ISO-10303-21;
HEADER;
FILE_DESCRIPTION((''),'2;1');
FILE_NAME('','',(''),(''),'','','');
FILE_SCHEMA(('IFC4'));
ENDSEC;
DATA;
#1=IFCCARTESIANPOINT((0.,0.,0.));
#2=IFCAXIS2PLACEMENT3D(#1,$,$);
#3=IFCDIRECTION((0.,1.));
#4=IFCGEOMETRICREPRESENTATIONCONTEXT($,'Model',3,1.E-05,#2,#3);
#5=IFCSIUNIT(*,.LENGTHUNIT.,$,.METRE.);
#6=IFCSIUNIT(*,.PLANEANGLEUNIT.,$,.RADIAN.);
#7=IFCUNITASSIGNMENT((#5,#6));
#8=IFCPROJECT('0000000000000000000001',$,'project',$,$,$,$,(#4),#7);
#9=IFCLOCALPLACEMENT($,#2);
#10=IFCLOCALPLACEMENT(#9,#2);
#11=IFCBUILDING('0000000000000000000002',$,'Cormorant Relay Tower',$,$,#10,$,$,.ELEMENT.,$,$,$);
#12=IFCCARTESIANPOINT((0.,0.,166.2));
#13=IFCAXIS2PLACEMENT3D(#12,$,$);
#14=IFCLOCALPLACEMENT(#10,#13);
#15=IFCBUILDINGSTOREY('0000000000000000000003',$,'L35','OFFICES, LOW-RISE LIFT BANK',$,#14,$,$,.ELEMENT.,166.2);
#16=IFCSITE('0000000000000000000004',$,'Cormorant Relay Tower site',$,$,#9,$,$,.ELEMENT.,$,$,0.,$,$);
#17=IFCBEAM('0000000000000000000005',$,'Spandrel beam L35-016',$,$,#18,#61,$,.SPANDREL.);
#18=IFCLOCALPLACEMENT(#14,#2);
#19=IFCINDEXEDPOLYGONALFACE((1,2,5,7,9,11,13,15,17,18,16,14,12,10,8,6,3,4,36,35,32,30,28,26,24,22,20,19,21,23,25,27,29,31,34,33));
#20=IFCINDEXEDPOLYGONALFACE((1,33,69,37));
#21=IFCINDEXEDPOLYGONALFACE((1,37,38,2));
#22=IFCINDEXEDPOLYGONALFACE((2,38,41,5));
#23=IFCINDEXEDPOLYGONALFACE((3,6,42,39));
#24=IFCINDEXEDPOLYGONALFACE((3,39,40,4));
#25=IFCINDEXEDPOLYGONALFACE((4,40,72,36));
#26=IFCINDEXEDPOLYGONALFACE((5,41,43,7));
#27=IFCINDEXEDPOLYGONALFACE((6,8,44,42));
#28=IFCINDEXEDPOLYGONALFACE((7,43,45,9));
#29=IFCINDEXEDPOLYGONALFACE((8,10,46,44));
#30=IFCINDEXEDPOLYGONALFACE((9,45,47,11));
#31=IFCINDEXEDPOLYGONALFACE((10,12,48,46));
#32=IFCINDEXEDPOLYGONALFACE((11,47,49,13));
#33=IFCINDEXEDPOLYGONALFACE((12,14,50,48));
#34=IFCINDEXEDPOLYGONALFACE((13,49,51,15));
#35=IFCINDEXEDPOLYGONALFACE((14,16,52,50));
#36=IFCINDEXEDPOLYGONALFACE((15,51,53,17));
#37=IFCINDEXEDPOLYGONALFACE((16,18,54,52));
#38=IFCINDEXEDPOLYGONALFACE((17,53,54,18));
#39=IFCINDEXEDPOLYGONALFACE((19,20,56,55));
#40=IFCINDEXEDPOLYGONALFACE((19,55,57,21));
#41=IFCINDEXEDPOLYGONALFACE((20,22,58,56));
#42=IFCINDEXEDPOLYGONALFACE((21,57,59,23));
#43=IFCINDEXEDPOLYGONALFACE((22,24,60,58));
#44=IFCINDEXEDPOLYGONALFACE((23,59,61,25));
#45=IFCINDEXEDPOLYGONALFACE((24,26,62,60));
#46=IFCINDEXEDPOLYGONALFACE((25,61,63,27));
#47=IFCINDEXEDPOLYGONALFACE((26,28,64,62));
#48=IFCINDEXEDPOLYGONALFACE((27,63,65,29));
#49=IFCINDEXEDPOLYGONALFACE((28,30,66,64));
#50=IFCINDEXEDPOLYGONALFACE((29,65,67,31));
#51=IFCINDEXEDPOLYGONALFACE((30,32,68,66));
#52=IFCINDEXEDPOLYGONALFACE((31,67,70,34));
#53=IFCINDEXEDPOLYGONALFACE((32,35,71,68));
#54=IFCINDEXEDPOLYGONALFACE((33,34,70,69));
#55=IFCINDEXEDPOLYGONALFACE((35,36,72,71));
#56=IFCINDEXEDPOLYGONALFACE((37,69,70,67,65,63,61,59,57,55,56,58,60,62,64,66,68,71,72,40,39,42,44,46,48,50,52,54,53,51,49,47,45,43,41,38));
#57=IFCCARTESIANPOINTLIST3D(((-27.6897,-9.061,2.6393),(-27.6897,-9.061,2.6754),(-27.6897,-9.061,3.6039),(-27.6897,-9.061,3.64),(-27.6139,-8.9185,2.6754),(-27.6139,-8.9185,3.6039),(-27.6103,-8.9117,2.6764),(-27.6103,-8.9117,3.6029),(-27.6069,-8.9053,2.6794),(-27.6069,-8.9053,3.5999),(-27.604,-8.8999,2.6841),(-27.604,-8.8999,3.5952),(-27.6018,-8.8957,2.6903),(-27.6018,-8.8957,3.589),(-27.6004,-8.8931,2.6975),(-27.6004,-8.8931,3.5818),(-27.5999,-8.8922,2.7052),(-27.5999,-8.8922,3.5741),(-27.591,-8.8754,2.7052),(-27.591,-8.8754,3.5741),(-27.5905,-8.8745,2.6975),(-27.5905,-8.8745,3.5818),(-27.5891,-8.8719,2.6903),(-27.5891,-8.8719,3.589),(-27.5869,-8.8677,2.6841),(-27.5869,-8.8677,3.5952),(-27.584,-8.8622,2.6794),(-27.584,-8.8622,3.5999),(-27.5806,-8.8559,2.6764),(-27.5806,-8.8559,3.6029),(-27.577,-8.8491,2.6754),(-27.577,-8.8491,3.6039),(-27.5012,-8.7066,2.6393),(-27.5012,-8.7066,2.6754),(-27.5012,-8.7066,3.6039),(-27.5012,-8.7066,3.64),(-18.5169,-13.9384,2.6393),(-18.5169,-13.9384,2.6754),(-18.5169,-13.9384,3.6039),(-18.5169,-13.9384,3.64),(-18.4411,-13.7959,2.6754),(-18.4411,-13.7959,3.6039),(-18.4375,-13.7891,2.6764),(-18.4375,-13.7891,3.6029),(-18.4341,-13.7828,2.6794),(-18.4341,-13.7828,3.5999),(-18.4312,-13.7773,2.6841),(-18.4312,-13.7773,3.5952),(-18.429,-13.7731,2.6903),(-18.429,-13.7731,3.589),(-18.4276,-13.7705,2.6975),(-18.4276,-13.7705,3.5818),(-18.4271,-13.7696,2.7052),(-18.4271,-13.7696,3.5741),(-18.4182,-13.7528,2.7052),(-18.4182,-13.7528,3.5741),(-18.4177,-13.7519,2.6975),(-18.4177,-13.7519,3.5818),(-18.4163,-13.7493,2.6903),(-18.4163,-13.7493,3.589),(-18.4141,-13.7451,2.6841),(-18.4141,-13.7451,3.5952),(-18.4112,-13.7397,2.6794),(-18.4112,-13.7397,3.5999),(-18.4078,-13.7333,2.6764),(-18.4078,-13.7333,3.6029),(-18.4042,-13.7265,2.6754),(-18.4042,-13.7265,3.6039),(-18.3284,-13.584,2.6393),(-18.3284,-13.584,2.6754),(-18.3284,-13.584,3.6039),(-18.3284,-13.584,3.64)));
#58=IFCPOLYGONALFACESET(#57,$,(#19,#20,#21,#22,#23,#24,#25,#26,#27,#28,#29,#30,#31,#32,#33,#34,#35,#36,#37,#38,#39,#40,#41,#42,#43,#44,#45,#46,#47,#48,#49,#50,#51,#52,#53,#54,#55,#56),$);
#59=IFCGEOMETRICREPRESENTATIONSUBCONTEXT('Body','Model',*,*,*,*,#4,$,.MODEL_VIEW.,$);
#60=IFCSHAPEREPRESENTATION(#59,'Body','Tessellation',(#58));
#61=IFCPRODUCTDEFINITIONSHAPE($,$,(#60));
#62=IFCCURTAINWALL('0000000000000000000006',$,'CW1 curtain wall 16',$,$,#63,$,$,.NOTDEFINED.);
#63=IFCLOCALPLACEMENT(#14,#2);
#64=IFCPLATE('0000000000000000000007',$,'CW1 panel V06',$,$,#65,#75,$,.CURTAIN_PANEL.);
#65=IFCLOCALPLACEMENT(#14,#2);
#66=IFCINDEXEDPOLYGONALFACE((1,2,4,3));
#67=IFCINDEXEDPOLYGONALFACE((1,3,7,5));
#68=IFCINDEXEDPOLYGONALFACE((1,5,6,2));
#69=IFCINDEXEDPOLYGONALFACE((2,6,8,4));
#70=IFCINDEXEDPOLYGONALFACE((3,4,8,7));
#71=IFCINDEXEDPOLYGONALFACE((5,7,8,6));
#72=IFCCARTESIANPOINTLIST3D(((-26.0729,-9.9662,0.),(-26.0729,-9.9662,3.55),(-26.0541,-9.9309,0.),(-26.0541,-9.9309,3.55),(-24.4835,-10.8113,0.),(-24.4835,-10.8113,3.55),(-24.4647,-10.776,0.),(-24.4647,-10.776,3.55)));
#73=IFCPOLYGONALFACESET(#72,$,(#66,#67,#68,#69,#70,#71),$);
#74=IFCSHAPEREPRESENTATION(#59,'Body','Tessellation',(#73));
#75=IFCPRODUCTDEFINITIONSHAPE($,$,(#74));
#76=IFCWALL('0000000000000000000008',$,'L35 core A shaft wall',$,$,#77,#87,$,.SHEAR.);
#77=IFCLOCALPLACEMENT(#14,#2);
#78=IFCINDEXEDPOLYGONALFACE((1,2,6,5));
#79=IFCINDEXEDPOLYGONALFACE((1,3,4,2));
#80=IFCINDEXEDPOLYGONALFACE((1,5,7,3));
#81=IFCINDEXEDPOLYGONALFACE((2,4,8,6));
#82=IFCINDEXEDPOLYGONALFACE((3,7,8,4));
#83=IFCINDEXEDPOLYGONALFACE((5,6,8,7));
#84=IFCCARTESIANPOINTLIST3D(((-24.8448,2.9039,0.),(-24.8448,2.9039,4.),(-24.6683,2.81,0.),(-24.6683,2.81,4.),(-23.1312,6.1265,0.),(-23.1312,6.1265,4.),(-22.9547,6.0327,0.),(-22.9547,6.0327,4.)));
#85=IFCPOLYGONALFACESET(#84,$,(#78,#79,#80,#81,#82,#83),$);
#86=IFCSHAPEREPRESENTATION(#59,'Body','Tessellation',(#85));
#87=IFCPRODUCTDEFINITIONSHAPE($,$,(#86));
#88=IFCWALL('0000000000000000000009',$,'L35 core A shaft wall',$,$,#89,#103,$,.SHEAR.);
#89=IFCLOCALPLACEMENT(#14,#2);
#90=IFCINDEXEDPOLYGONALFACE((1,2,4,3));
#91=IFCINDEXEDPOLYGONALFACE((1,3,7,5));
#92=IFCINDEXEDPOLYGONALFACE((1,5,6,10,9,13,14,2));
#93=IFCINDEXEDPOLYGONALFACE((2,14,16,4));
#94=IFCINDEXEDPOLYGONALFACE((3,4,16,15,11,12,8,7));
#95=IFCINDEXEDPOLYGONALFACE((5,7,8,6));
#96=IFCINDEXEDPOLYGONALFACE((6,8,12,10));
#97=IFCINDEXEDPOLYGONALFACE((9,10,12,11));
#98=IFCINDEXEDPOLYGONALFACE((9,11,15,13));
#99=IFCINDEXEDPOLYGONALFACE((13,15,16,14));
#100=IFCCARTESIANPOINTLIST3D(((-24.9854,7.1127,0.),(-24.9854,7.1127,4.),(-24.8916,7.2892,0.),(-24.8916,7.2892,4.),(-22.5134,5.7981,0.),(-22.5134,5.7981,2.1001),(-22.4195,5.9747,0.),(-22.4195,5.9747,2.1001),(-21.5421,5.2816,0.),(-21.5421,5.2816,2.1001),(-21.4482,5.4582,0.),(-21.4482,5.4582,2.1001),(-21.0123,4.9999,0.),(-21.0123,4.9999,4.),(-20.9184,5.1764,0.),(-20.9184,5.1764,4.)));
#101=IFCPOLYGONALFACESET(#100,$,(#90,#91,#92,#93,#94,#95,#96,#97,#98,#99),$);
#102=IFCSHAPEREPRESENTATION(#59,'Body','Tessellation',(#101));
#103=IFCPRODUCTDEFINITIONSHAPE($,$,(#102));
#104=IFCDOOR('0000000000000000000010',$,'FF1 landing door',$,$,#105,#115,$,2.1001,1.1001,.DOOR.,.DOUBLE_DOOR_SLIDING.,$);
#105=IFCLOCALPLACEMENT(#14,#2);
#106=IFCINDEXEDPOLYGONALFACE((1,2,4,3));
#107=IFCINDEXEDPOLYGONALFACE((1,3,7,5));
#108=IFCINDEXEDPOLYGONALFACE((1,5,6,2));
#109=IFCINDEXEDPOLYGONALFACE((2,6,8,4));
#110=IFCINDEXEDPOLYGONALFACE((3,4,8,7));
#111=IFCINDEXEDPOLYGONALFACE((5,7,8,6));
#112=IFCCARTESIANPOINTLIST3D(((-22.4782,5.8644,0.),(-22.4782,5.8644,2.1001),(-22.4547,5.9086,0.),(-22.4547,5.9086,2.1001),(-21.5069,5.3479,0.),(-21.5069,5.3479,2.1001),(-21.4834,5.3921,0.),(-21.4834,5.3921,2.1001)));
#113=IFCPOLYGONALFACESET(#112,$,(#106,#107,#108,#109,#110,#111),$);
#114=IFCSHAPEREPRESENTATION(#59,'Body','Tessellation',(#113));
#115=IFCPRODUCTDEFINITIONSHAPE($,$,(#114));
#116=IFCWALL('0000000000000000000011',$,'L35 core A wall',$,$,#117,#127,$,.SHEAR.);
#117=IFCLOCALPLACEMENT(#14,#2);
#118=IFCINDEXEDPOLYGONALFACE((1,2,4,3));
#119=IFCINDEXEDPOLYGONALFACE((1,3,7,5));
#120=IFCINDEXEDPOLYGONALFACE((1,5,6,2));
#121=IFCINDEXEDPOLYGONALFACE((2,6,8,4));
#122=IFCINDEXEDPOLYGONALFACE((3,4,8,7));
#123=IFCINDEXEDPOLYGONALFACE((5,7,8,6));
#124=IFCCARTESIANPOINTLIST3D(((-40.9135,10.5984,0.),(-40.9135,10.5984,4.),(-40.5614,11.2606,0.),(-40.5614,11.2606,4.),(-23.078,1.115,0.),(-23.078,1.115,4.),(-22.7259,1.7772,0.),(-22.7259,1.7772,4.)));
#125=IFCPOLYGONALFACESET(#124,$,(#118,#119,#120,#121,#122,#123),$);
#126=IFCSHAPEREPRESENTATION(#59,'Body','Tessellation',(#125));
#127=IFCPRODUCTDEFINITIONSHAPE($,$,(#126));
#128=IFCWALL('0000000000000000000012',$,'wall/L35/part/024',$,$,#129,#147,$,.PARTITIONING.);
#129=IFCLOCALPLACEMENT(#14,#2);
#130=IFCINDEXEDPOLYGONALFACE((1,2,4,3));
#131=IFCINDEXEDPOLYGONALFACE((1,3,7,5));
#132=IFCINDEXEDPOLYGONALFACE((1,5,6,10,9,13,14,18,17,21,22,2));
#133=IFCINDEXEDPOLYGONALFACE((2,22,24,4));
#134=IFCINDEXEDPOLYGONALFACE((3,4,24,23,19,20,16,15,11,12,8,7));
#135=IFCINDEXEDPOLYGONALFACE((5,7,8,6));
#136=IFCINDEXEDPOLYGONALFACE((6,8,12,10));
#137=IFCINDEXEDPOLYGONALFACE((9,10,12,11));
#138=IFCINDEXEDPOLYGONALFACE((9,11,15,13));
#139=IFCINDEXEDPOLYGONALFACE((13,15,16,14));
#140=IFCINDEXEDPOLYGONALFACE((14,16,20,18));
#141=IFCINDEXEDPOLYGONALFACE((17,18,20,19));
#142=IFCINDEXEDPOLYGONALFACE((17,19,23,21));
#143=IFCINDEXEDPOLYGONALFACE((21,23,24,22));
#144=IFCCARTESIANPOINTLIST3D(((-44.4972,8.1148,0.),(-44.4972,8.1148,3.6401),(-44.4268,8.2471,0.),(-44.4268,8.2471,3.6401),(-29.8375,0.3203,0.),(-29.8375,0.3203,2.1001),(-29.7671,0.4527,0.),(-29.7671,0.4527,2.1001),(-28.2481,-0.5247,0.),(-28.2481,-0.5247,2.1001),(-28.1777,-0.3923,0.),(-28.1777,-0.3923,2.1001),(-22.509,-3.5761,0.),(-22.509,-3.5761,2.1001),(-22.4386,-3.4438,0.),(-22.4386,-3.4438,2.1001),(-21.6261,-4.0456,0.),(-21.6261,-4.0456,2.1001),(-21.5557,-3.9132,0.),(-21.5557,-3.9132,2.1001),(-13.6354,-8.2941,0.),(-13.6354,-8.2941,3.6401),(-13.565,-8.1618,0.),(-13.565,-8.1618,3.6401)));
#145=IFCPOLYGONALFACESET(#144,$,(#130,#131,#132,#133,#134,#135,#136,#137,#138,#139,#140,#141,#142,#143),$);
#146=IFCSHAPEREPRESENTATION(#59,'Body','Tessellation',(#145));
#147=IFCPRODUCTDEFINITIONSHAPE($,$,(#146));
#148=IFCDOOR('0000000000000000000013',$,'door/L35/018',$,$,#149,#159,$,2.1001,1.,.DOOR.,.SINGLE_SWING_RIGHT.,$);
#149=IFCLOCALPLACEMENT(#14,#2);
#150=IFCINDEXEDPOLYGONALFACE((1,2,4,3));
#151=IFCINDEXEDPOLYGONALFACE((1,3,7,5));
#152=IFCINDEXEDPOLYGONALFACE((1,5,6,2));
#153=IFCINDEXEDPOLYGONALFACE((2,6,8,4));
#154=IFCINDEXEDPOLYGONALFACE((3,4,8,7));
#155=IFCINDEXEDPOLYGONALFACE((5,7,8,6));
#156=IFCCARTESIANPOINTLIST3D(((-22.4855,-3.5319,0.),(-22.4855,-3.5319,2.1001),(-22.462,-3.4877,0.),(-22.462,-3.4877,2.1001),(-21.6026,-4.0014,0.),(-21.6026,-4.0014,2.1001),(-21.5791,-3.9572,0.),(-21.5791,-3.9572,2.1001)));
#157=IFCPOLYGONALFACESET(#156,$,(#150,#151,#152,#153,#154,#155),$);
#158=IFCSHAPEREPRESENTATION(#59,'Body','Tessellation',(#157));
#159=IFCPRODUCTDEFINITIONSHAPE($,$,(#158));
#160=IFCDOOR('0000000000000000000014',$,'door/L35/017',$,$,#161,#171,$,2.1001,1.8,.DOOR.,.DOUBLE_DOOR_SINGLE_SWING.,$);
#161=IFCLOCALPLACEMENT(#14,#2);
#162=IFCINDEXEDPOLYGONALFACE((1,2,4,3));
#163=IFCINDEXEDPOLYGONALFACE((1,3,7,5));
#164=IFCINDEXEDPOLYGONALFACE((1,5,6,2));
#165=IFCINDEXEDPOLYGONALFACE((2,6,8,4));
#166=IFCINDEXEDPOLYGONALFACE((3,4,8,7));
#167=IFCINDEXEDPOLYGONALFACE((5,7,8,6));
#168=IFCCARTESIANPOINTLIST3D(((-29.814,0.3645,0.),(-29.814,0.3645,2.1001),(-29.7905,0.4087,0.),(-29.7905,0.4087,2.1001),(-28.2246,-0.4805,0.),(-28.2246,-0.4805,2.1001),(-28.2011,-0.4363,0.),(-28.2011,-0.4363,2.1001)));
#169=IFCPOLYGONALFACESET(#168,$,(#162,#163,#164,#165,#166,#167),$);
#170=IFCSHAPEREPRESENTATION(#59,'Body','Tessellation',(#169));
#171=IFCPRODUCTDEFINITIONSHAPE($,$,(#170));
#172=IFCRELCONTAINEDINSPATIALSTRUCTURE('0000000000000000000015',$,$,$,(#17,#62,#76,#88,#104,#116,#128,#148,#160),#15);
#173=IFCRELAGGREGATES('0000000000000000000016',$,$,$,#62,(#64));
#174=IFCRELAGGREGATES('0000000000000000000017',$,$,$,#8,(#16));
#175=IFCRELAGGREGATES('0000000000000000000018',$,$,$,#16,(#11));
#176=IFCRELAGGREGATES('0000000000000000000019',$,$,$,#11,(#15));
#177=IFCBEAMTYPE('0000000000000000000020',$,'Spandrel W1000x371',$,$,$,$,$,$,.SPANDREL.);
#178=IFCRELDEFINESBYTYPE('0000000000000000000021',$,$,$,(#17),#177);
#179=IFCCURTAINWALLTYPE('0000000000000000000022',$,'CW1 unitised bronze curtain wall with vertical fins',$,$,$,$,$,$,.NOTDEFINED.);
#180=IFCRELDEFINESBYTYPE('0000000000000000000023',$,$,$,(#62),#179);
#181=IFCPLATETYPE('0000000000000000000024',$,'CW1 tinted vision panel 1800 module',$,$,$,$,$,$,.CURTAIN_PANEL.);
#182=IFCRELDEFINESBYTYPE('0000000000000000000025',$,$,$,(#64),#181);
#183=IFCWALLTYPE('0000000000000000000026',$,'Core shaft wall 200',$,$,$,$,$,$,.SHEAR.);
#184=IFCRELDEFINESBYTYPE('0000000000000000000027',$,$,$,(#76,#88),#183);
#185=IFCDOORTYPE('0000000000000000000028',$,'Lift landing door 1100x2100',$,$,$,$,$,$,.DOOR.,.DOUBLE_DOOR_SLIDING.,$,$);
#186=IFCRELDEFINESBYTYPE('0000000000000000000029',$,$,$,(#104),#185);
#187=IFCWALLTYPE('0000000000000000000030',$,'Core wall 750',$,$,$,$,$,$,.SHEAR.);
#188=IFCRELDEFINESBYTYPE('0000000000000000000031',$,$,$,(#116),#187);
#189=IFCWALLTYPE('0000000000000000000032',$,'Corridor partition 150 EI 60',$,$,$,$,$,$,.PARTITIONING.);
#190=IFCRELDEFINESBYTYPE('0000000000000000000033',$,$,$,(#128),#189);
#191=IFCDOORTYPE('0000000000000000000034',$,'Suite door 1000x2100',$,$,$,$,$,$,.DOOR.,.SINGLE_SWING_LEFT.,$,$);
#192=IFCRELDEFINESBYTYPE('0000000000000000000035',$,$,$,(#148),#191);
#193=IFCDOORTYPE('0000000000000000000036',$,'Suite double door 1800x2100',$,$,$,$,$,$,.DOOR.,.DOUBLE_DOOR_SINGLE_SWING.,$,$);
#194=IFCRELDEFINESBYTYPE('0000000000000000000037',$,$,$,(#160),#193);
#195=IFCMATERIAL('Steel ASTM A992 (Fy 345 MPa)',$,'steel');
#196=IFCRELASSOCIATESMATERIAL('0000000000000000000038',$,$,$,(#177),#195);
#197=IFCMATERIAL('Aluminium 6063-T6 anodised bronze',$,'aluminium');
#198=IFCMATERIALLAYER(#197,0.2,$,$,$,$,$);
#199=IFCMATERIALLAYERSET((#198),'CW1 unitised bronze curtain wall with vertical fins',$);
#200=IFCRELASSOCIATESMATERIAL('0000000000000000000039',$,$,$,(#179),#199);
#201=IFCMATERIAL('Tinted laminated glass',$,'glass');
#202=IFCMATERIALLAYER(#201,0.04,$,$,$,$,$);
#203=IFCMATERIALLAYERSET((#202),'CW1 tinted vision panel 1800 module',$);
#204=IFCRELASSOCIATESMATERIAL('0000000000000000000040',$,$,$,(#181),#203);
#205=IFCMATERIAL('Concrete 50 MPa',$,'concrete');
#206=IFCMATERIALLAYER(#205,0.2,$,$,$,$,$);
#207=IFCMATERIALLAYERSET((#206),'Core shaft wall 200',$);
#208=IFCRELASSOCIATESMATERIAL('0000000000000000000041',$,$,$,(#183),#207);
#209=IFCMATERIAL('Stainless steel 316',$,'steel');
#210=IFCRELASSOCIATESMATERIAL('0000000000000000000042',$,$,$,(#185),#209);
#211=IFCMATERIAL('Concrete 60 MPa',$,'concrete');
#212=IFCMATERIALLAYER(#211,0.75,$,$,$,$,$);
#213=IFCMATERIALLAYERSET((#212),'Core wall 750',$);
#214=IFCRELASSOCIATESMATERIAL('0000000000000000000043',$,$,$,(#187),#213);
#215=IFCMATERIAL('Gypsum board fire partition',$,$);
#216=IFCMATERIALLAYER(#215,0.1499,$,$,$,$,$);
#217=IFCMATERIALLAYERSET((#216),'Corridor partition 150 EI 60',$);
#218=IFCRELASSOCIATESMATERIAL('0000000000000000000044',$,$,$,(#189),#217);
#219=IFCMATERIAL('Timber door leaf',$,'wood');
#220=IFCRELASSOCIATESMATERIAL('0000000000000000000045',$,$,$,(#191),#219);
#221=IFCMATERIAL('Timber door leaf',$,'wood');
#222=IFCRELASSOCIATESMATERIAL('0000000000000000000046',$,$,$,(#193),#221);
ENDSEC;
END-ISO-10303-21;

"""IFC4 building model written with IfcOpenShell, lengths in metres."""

from ifc_helpers import new_model, si_unit, direction, frame, frame_2d, origin, origin_2d, place, context, subcontext, project, spatial, rectangle, i_section, extrude, material, layer, layer_set, material_profile, profile_set, type_object, element, fill, aggregate, save


model = new_model("IFC4")

# Units and contexts
model_context = context("Model", 3, precision=1e-05, world=origin(), true_north=direction((0.0, 1.0)))
body_context = subcontext(model_context, "Body", "Model", "MODEL_VIEW")
ifc_project = project(units=[si_unit("LENGTHUNIT", "METRE"), si_unit("PLANEANGLEUNIT", "RADIAN")], contexts=[model_context])

# Site, building, storey
site_placement = place(None, origin())
site = spatial("IfcSite", under=ifc_project, at=site_placement, Name="Cormorant Relay Tower site", CompositionType="ELEMENT", RefElevation=0.0)
building_placement = place(site_placement, origin())
building = spatial("IfcBuilding", under=site, at=building_placement, Name="Cormorant Relay Tower", CompositionType="ELEMENT")
storey_placement = place(building_placement, frame((0.0, 0.0, 166.2)))
storey = spatial("IfcBuildingStorey", under=building, at=storey_placement, Name="L35", Description="OFFICES, LOW-RISE LIFT BANK", CompositionType="ELEMENT", Elevation=166.2)

# Beam
ifc_material_1 = material(Name="Steel ASTM A992 (Fy 345 MPa)", Category="steel")
ifc_material_profile_1 = material_profile(ifc_material_1, i_section(OverallWidth=0.4014, OverallDepth=1.0007, WebThickness=0.019, FlangeThickness=0.0361, FilletRadius=0.0298, at=origin_2d()), Name="W1000x371")
ifc_profile_set_1 = profile_set([ifc_material_profile_1], Name="Steel ASTM A992 (Fy 345 MPa)")
beam_type = type_object("IfcBeamType", Name="Spandrel W1000x371", PredefinedType="SPANDREL", material=ifc_profile_set_1)
beam_placement = place(storey_placement, frame((-27.5955, -8.8838, 3.1396), z_axis=(0.882942, -0.469483, 0.0), x_axis=(0.469483, 0.882942, 0.0)))
element("IfcBeam", 1, at=beam_placement, inside=storey, type_object=beam_type, Name="Spandrel beam L35-016", PredefinedType="SPANDREL", context=body_context, shape_type="SweptSolid", body=[
    extrude(i_section(OverallWidth=0.4014, OverallDepth=1.0007, WebThickness=0.019, FlangeThickness=0.0361, FilletRadius=0.0298, at=origin_2d()), origin(), (0.0, 0.0, 1.0), 10.3889),
])

# Curtain wall, plate
ifc_material_2 = material(Name="Aluminium 6063-T6 anodised bronze", Category="aluminium")
ifc_layer_1 = layer(ifc_material_2, 0.2)
ifc_layer_set_1 = layer_set([ifc_layer_1], Name="CW1 unitised bronze curtain wall with vertical fins")
curtain_wall_type = type_object("IfcCurtainWallType", Name="CW1 unitised bronze curtain wall with vertical fins", PredefinedType="NOTDEFINED", material=ifc_layer_set_1)
curtain_wall_placement = place(storey_placement, origin())
curtain_wall = element("IfcCurtainWall", 2, at=curtain_wall_placement, inside=storey, type_object=curtain_wall_type, Name="CW1 curtain wall 16", PredefinedType="NOTDEFINED")
ifc_material_3 = material(Name="Tinted laminated glass", Category="glass")
ifc_layer_2 = layer(ifc_material_3, 0.04)
ifc_layer_set_2 = layer_set([ifc_layer_2], Name="CW1 tinted vision panel 1800 module")
plate_type = type_object("IfcPlateType", Name="CW1 tinted vision panel 1800 module", PredefinedType="CURTAIN_PANEL", material=ifc_layer_set_2)
plate_placement = place(storey_placement, frame((-25.2688, -10.3711, 0.0), z_axis=(0.0, 0.0, 1.0), x_axis=(0.882948, -0.469472, 0.0)))
plate = element("IfcPlate", 3, at=plate_placement, type_object=plate_type, Name="CW1 panel V06", PredefinedType="CURTAIN_PANEL", context=body_context, shape_type="SweptSolid", body=[
    extrude(rectangle(XDim=1.8, YDim=0.04, at=origin_2d()), origin(), (0.0, 0.0, 1.0), 3.55),
])

# Wall
ifc_material_4 = material(Name="Concrete 50 MPa", Category="concrete")
ifc_layer_3 = layer(ifc_material_4, 0.2)
ifc_layer_set_3 = layer_set([ifc_layer_3], Name="Core shaft wall 200")
wall_type_1 = type_object("IfcWallType", Name="Core shaft wall 200", PredefinedType="SHEAR", material=ifc_layer_set_3)
wall_1_placement = place(storey_placement, frame((-23.043, 6.0796, 0.0), z_axis=(0.0, 0.0, 1.0), x_axis=(-0.469494, -0.882936, 0.0)))
element("IfcWall", 4, at=wall_1_placement, inside=storey, type_object=wall_type_1, Name="L35 core A shaft wall", PredefinedType="SHEAR", context=body_context, shape_type="SweptSolid", body=[
    extrude(rectangle(XDim=3.6499, YDim=0.2, at=frame_2d((1.825, 0.0))), origin(), (0.0, 0.0, 1.0), 4.0),
])

# Wall, opening, door
wall_2_placement = place(storey_placement, frame((-20.9653, 5.0881, 0.0), z_axis=(0.0, 0.0, 1.0), x_axis=(-0.882926, 0.469512, 0.0)))
wall_2 = element("IfcWall", 5, at=wall_2_placement, inside=storey, type_object=wall_type_1, Name="L35 core A shaft wall", PredefinedType="SHEAR", context=body_context, shape_type="SweptSolid", body=[
    extrude(rectangle(XDim=4.5, YDim=0.2, at=frame_2d((2.25, 0.0))), origin(), (0.0, 0.0, 1.0), 4.0),
])
opening_1_placement = place(wall_2_placement, frame((0.6001, 0.0, 0.0)))
opening_1 = element("IfcOpeningElement", 6, at=opening_1_placement, cuts=wall_2, PredefinedType="OPENING", context=body_context, shape_type="SweptSolid", body=[
    extrude(rectangle(XDim=1.1001, YDim=2.1001, at=frame_2d((0.55, 1.05))), frame((0.0, 0.1099, 0.0), z_axis=(0.0, -1.0, 0.0), x_axis=(1.0, 0.0, 0.0)), (0.0, 0.0, 1.0), 0.22),
])
ifc_material_5 = material(Name="Stainless steel 316", Category="steel")
door_type_1 = type_object("IfcDoorType", Name="Lift landing door 1100x2100", OperationType="DOUBLE_DOOR_SLIDING", PredefinedType="DOOR", material=ifc_material_5)
door_1_placement = place(opening_1_placement, origin())
door_1 = element("IfcDoor", 7, at=door_1_placement, inside=storey, type_object=door_type_1, Name="FF1 landing door", OperationType="DOUBLE_DOOR_SLIDING", OverallHeight=2.1001, OverallWidth=1.1001, PredefinedType="DOOR", context=body_context, shape_type="SweptSolid", body=[
    extrude(rectangle(XDim=1.1001, YDim=2.1001, at=frame_2d((0.55, 1.05))), frame((0.0, 0.0249, 0.0), z_axis=(0.0, -1.0, 0.0), x_axis=(1.0, 0.0, 0.0)), (0.0, 0.0, 1.0), 0.05),
])
fill(opening_1, door_1)

# Wall
ifc_material_6 = material(Name="Concrete 60 MPa", Category="concrete")
ifc_layer_4 = layer(ifc_material_6, 0.75)
ifc_layer_set_4 = layer_set([ifc_layer_4], Name="Core wall 750")
wall_type_2 = type_object("IfcWallType", Name="Core wall 750", PredefinedType="SHEAR", material=ifc_layer_set_4)
wall_3_placement = place(storey_placement, frame((-22.9019, 1.446, 0.0), z_axis=(0.0, 0.0, 1.0), x_axis=(-0.882945, 0.469476, 0.0)))
element("IfcWall", 8, at=wall_3_placement, inside=storey, type_object=wall_type_2, Name="L35 core A wall", PredefinedType="SHEAR", context=body_context, shape_type="SweptSolid", body=[
    extrude(rectangle(XDim=20.2, YDim=0.75, at=frame_2d((10.1001, 0.0))), origin(), (0.0, 0.0, 1.0), 4.0),
])

# Wall, openings, doors
ifc_material_7 = material(Name="Gypsum board fire partition")
ifc_layer_5 = layer(ifc_material_7, 0.1499)
ifc_layer_set_5 = layer_set([ifc_layer_5], Name="Corridor partition 150 EI 60")
wall_type_3 = type_object("IfcWallType", Name="Corridor partition 150 EI 60", PredefinedType="PARTITIONING", material=ifc_layer_set_5)
wall_4_placement = place(storey_placement, frame((-13.6001, -8.228, 0.0), z_axis=(0.0, 0.0, 1.0), x_axis=(-0.882955, 0.469459, 0.0)))
wall_4 = element("IfcWall", 9, at=wall_4_placement, inside=storey, type_object=wall_type_3, Name="wall/L35/part/024", PredefinedType="PARTITIONING", context=body_context, shape_type="SweptSolid", body=[
    extrude(rectangle(XDim=34.9529, YDim=0.1499, at=frame_2d((17.4766, 0.0))), origin(), (0.0, 0.0, 1.0), 3.6401),
])
opening_2_placement = place(wall_4_placement, frame((16.55, 0.0, 0.0)))
opening_2 = element("IfcOpeningElement", 10, at=opening_2_placement, cuts=wall_4, PredefinedType="OPENING", context=body_context, shape_type="SweptSolid", body=[
    extrude(rectangle(XDim=1.8, YDim=2.1001, at=frame_2d((0.8999, 1.05))), frame((0.0, 0.085, 0.0), z_axis=(0.0, -1.0, 0.0), x_axis=(1.0, 0.0, 0.0)), (0.0, 0.0, 1.0), 0.1699),
])
opening_3_placement = place(wall_4_placement, frame((9.05, 0.0, 0.0)))
opening_3 = element("IfcOpeningElement", 11, at=opening_3_placement, cuts=wall_4, PredefinedType="OPENING", context=body_context, shape_type="SweptSolid", body=[
    extrude(rectangle(XDim=1.0, YDim=2.1001, at=frame_2d((0.5, 1.05))), frame((0.0, 0.085, 0.0), z_axis=(0.0, -1.0, 0.0), x_axis=(1.0, 0.0, 0.0)), (0.0, 0.0, 1.0), 0.1699),
])
ifc_material_8 = material(Name="Timber door leaf", Category="wood")
door_type_2 = type_object("IfcDoorType", Name="Suite door 1000x2100", OperationType="SINGLE_SWING_LEFT", PredefinedType="DOOR", material=ifc_material_8)
door_2_placement = place(opening_3_placement, origin())
door_2 = element("IfcDoor", 12, at=door_2_placement, inside=storey, type_object=door_type_2, Name="door/L35/018", OperationType="SINGLE_SWING_RIGHT", OverallHeight=2.1001, OverallWidth=1.0, PredefinedType="DOOR", context=body_context, shape_type="SweptSolid", body=[
    extrude(rectangle(XDim=1.0, YDim=2.1001, at=frame_2d((0.5, 1.05))), frame((0.0, 0.0249, 0.0), z_axis=(0.0, -1.0, 0.0), x_axis=(1.0, 0.0, 0.0)), (0.0, 0.0, 1.0), 0.05),
])
fill(opening_3, door_2)
ifc_material_9 = material(Name="Timber door leaf", Category="wood")
door_type_3 = type_object("IfcDoorType", Name="Suite double door 1800x2100", OperationType="DOUBLE_DOOR_SINGLE_SWING", PredefinedType="DOOR", material=ifc_material_9)
door_3_placement = place(opening_2_placement, origin())
door_3 = element("IfcDoor", 13, at=door_3_placement, inside=storey, type_object=door_type_3, Name="door/L35/017", OperationType="DOUBLE_DOOR_SINGLE_SWING", OverallHeight=2.1001, OverallWidth=1.8, PredefinedType="DOOR", context=body_context, shape_type="SweptSolid", body=[
    extrude(rectangle(XDim=1.8, YDim=2.1001, at=frame_2d((0.8999, 1.05))), frame((0.0, 0.0249, 0.0), z_axis=(0.0, -1.0, 0.0), x_axis=(1.0, 0.0, 0.0)), (0.0, 0.0, 1.0), 0.05),
])
fill(opening_2, door_3)

aggregate(curtain_wall, [plate])

save(model, "model.ifc")
